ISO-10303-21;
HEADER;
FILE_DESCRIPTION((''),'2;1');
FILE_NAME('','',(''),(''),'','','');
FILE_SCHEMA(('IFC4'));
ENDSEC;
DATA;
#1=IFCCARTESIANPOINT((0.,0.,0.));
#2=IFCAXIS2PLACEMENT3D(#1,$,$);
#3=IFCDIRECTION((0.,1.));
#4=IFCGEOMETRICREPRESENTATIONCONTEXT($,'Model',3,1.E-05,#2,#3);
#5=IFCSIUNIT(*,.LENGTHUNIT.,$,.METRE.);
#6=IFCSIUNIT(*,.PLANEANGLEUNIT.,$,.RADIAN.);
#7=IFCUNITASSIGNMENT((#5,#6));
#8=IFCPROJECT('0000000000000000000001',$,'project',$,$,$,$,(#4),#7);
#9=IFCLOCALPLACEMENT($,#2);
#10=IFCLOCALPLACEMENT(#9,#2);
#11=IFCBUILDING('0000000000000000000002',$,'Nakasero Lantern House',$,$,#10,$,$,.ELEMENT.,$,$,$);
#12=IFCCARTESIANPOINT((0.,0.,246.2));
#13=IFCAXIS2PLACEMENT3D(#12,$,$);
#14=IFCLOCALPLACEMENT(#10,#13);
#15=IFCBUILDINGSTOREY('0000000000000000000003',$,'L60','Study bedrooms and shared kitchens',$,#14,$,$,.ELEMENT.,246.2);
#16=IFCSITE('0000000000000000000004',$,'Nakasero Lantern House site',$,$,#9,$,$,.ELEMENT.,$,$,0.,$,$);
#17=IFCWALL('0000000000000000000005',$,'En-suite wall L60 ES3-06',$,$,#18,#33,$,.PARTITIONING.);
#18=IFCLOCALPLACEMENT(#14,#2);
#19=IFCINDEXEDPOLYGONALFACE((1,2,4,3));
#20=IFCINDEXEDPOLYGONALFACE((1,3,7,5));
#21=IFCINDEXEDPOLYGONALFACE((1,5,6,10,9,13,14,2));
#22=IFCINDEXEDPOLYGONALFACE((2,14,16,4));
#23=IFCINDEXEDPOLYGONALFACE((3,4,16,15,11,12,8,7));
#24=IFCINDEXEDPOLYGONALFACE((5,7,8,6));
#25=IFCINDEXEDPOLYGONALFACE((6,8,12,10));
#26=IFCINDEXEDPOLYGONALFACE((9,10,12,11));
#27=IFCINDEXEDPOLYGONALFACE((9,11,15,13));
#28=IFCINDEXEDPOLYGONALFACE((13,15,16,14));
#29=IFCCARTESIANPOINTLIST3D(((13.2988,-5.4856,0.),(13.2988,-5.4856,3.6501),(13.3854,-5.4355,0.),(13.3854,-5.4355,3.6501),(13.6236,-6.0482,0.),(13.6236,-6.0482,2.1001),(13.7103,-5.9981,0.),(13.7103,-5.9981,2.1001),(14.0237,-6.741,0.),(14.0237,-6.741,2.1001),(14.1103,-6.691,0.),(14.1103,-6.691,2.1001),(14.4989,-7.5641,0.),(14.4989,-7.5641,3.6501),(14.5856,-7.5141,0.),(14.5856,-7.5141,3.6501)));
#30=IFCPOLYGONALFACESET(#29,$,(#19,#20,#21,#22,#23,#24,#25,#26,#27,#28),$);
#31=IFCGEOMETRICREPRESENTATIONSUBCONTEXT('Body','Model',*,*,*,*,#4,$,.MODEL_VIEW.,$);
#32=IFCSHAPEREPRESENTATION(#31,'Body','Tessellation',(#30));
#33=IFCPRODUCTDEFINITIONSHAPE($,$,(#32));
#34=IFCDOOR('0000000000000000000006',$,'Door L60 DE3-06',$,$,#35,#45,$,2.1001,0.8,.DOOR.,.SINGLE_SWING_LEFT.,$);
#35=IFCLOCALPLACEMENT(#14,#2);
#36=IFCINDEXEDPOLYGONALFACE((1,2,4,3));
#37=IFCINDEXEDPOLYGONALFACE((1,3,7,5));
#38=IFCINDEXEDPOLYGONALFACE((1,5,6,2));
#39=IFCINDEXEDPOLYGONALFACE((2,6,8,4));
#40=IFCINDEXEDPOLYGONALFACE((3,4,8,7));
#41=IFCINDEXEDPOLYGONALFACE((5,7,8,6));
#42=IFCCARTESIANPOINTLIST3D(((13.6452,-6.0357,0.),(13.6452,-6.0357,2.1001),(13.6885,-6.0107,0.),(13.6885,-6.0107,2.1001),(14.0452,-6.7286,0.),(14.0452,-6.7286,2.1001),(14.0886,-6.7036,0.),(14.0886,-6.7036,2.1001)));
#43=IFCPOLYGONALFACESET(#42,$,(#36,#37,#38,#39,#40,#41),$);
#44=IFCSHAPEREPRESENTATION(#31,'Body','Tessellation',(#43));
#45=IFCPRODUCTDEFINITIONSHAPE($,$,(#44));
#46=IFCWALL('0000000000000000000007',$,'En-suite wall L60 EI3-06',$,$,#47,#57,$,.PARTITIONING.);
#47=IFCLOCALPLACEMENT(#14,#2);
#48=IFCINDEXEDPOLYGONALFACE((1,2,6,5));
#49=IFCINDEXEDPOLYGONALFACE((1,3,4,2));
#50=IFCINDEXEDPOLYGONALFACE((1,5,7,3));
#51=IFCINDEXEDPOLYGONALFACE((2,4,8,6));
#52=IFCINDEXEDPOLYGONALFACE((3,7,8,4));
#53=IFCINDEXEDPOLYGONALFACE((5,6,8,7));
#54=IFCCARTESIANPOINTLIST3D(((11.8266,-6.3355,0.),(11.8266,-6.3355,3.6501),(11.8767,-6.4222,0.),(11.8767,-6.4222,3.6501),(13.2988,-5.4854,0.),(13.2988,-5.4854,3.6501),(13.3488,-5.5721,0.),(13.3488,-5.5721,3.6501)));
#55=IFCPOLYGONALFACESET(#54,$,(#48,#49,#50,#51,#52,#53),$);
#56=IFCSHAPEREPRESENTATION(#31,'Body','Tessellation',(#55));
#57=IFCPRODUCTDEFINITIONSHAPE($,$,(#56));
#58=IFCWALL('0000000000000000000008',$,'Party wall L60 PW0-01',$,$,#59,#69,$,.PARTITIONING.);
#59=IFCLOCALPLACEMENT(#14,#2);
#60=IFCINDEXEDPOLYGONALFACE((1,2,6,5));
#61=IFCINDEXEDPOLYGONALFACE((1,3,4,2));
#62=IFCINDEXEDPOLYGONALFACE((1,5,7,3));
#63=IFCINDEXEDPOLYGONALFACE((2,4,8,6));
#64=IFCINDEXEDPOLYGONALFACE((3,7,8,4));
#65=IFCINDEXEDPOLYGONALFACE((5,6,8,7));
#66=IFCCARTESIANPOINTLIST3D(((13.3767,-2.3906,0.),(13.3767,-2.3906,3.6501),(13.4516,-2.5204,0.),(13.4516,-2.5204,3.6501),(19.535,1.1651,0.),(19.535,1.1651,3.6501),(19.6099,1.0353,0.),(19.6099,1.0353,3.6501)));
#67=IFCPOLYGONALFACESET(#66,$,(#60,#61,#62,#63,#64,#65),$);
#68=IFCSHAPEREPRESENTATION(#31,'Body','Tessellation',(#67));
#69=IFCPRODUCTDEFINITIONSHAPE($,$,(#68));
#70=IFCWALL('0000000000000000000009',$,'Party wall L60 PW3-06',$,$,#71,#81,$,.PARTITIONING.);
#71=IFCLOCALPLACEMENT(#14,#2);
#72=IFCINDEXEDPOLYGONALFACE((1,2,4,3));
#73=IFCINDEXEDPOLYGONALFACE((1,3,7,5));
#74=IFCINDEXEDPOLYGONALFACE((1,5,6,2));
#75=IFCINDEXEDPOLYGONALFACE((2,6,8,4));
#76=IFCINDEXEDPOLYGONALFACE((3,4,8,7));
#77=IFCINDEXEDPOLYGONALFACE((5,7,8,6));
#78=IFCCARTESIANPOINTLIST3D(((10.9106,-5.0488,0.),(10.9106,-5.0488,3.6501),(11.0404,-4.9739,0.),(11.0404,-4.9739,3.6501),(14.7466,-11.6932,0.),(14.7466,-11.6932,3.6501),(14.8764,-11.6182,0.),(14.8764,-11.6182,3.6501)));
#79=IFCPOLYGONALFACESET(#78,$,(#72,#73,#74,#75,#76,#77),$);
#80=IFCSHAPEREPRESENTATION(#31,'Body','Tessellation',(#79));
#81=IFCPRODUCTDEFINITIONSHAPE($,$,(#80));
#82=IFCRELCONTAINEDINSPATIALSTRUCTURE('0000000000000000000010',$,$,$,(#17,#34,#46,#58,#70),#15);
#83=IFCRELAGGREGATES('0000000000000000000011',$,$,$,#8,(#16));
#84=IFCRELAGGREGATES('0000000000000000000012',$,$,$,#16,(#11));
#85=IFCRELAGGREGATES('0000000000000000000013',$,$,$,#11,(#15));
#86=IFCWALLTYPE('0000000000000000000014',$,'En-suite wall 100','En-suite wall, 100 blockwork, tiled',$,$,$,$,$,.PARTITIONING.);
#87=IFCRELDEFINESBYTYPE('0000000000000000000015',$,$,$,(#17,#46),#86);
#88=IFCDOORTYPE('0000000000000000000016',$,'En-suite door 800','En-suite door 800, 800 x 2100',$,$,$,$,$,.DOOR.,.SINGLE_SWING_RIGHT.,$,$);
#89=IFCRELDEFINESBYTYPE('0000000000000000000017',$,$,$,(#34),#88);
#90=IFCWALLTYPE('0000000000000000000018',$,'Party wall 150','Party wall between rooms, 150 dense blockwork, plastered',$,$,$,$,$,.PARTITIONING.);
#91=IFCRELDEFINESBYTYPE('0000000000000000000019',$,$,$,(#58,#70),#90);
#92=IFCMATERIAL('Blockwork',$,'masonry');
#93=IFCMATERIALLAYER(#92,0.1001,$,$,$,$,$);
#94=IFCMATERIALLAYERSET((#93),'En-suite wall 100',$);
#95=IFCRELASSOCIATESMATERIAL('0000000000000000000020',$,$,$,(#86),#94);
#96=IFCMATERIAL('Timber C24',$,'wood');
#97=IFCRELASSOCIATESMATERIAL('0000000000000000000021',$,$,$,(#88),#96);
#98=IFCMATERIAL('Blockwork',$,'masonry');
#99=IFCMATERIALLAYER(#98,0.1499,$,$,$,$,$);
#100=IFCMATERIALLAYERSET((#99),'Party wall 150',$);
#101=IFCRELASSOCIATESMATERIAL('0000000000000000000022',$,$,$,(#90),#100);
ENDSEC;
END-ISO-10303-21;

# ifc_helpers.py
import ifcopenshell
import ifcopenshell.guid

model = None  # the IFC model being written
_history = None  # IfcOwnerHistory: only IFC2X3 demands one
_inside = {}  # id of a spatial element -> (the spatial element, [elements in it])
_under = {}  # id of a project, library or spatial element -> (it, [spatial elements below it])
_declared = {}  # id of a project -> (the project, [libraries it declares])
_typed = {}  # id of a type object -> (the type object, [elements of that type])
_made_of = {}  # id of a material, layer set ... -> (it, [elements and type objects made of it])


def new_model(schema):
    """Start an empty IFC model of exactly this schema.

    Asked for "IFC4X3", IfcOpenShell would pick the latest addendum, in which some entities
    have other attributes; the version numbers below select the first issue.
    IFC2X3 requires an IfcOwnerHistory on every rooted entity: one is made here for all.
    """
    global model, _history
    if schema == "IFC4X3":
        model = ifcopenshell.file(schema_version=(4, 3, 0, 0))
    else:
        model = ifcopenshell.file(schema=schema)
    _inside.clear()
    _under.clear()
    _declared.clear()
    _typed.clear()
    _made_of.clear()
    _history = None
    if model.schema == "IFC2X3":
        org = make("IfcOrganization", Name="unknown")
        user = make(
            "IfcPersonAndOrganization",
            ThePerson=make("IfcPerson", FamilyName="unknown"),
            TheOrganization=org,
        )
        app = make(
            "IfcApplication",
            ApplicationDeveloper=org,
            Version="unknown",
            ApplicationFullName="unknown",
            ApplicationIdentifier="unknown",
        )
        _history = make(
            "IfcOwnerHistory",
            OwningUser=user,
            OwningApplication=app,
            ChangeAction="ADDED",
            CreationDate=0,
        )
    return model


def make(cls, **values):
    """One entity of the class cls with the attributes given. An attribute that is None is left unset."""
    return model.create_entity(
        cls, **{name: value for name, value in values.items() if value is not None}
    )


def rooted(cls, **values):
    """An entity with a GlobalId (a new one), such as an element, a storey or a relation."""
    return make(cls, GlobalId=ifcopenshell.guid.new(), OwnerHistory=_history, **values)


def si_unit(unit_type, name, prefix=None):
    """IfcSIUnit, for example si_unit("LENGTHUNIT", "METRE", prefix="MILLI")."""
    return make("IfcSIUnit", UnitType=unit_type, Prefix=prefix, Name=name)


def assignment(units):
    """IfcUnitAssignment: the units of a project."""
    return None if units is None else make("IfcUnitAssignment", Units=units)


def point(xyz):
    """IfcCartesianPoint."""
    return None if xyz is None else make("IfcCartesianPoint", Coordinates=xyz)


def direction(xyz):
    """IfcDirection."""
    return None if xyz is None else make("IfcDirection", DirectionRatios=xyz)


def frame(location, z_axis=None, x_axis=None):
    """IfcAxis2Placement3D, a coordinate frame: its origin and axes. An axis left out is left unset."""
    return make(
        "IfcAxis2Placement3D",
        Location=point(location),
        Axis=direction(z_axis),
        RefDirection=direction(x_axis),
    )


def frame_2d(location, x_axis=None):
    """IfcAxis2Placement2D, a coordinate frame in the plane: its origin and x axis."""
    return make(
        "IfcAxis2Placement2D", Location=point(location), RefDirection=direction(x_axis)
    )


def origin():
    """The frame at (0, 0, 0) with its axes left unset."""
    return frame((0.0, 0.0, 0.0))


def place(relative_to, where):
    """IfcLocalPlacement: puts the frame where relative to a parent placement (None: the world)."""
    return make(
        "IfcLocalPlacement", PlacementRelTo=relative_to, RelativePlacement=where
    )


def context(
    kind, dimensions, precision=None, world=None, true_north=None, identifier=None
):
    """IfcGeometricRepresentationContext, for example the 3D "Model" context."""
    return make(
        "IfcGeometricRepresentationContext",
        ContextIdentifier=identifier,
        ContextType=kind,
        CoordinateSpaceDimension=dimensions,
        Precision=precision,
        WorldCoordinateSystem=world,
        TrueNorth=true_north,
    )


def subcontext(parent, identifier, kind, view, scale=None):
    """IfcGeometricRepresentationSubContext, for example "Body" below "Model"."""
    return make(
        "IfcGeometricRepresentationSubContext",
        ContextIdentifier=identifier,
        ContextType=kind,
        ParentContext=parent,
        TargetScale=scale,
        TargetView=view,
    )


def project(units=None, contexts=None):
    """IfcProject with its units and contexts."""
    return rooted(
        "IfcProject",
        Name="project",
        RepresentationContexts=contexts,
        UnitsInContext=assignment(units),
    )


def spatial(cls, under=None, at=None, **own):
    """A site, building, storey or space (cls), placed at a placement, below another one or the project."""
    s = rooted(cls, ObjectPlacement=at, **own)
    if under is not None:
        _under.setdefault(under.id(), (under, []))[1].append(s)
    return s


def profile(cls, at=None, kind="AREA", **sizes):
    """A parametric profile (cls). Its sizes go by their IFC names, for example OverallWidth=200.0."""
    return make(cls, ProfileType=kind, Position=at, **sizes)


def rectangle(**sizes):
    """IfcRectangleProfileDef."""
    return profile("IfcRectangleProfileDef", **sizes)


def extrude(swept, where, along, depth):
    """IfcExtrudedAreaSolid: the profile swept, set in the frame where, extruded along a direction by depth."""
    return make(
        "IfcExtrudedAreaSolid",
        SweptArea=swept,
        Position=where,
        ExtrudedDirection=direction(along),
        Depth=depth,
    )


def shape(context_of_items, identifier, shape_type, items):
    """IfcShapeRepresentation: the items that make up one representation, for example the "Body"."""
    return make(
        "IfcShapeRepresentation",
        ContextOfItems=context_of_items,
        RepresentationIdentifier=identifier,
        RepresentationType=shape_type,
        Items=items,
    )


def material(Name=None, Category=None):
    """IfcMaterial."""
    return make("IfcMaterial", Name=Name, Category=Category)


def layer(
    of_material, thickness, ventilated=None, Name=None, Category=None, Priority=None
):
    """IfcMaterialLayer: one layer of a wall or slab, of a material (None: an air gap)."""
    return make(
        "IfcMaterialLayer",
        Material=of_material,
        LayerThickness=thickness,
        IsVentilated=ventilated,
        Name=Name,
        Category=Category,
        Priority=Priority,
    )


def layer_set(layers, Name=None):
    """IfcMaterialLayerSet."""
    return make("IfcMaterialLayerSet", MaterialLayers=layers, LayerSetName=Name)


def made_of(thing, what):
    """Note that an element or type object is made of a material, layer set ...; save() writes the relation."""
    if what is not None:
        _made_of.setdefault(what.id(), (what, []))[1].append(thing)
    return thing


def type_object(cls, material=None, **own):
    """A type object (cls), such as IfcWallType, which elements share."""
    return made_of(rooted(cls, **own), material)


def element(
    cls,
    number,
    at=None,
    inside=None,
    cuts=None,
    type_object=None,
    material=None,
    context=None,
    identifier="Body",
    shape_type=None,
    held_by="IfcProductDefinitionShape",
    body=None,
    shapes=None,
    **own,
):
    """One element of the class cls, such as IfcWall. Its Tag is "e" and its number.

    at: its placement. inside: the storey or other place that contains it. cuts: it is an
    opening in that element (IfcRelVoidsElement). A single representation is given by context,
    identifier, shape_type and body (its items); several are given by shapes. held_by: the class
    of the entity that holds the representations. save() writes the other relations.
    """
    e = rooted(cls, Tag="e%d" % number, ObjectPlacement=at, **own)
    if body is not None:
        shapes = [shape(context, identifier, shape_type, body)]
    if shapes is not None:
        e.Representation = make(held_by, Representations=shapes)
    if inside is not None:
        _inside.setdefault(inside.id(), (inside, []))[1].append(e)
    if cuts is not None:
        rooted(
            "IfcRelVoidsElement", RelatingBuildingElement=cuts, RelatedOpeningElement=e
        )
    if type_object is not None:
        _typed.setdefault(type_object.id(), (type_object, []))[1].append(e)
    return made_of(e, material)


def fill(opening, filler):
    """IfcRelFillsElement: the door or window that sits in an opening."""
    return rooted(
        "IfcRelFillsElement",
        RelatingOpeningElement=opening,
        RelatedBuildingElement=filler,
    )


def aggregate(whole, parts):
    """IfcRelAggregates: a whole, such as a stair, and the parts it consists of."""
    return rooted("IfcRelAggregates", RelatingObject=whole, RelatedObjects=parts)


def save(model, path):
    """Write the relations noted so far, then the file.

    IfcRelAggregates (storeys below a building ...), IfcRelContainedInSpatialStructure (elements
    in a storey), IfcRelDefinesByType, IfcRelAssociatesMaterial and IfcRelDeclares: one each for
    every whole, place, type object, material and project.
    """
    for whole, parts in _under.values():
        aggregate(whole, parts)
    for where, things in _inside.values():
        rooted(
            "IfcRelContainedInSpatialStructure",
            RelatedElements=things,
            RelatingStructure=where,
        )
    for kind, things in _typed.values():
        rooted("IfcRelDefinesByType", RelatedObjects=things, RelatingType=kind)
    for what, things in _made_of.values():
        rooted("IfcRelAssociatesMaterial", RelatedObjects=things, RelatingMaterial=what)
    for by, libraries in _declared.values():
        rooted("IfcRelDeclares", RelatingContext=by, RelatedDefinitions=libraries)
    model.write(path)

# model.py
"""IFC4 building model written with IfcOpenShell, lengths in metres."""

from ifc_helpers import new_model, si_unit, direction, frame, frame_2d, origin, place, context, subcontext, project, spatial, rectangle, extrude, material, layer, layer_set, type_object, element, fill, save


model = new_model("IFC4")

# Units and contexts
model_context = context("Model", 3, precision=1e-05, world=origin(), true_north=direction((0.0, 1.0)))
body_context = subcontext(model_context, "Body", "Model", "MODEL_VIEW")
ifc_project = project(units=[si_unit("LENGTHUNIT", "METRE"), si_unit("PLANEANGLEUNIT", "RADIAN")], contexts=[model_context])

# Site, building, storey
site_placement = place(None, origin())
site = spatial("IfcSite", under=ifc_project, at=site_placement, Name="Nakasero Lantern House site", CompositionType="ELEMENT", RefElevation=0.0)
building_placement = place(site_placement, origin())
building = spatial("IfcBuilding", under=site, at=building_placement, Name="Nakasero Lantern House", CompositionType="ELEMENT")
storey_placement = place(building_placement, frame((0.0, 0.0, 246.2)))
storey = spatial("IfcBuildingStorey", under=building, at=storey_placement, Name="L60", Description="Study bedrooms and shared kitchens", CompositionType="ELEMENT", Elevation=246.2)

# Wall, opening, door
ifc_material_1 = material(Name="Blockwork", Category="masonry")
ifc_layer_1 = layer(ifc_material_1, 0.1001)
ifc_layer_set_1 = layer_set([ifc_layer_1], Name="En-suite wall 100")
wall_type_1 = type_object("IfcWallType", Name="En-suite wall 100", Description="En-suite wall, 100 blockwork, tiled", PredefinedType="PARTITIONING", material=ifc_layer_set_1)
wall_1_placement = place(storey_placement, frame((13.342, -5.4604, 0.0), z_axis=(0.0, 0.0, 1.0), x_axis=(0.500034, -0.866006, 0.0)))
wall_1 = element("IfcWall", 1, at=wall_1_placement, inside=storey, type_object=wall_type_1, Name="En-suite wall L60 ES3-06", PredefinedType="PARTITIONING", context=body_context, shape_type="SweptSolid", body=[
    extrude(rectangle(XDim=2.4001, YDim=0.1001, at=frame_2d((1.2002, 0.0))), origin(), (0.0, 0.0, 1.0), 3.6501),
])
opening_1_placement = place(wall_1_placement, frame((0.6499, 0.0, 0.0)))
opening_1 = element("IfcOpeningElement", 2, at=opening_1_placement, cuts=wall_1, PredefinedType="OPENING", context=body_context, shape_type="SweptSolid", body=[
    extrude(rectangle(XDim=0.8, YDim=2.1001, at=frame_2d((0.3999, 1.05))), frame((0.0, 0.0701, 0.0), z_axis=(0.0, -1.0, 0.0), x_axis=(1.0, 0.0, 0.0)), (0.0, 0.0, 1.0), 0.1401),
])
ifc_material_2 = material(Name="Timber C24", Category="wood")
door_type_1 = type_object("IfcDoorType", Name="En-suite door 800", Description="En-suite door 800, 800 x 2100", OperationType="SINGLE_SWING_RIGHT", PredefinedType="DOOR", material=ifc_material_2)
door_1_placement = place(opening_1_placement, origin())
door_1 = element("IfcDoor", 3, at=door_1_placement, inside=storey, type_object=door_type_1, Name="Door L60 DE3-06", OperationType="SINGLE_SWING_LEFT", OverallHeight=2.1001, OverallWidth=0.8, PredefinedType="DOOR", context=body_context, shape_type="SweptSolid", body=[
    extrude(rectangle(XDim=0.8, YDim=2.1001, at=frame_2d((0.3999, 1.05))), frame((0.0, 0.0249, 0.0), z_axis=(0.0, -1.0, 0.0), x_axis=(1.0, 0.0, 0.0)), (0.0, 0.0, 1.0), 0.05),
])
fill(opening_1, door_1)

# Walls
wall_2_placement = place(storey_placement, frame((11.8516, -6.3789, 0.0), z_axis=(0.0, 0.0, 1.0), x_axis=(0.865989, 0.500062, 0.0)))
element("IfcWall", 4, at=wall_2_placement, inside=storey, type_object=wall_type_1, Name="En-suite wall L60 EI3-06", PredefinedType="PARTITIONING", context=body_context, shape_type="SweptSolid", body=[
    extrude(rectangle(XDim=1.7, YDim=0.1001, at=frame_2d((0.8501, 0.0))), origin(), (0.0, 0.0, 1.0), 3.6501),
])
ifc_material_3 = material(Name="Blockwork", Category="masonry")
ifc_layer_2 = layer(ifc_material_3, 0.1499)
ifc_layer_set_2 = layer_set([ifc_layer_2], Name="Party wall 150")
wall_type_2 = type_object("IfcWallType", Name="Party wall 150", Description="Party wall between rooms, 150 dense blockwork, plastered", PredefinedType="PARTITIONING", material=ifc_layer_set_2)
wall_3_placement = place(storey_placement, frame((13.4141, -2.4556, 0.0), z_axis=(0.0, 0.0, 1.0), x_axis=(0.866012, 0.500024, 0.0)))
element("IfcWall", 5, at=wall_3_placement, inside=storey, type_object=wall_type_2, Name="Party wall L60 PW0-01", PredefinedType="PARTITIONING", context=body_context, shape_type="SweptSolid", body=[
    extrude(rectangle(XDim=7.1111, YDim=0.1499, at=frame_2d((3.5557, 0.0))), origin(), (0.0, 0.0, 1.0), 3.6501),
])
wall_4_placement = place(storey_placement, frame((10.9756, -5.0115, 0.0), z_axis=(0.0, 0.0, 1.0), x_axis=(0.499986, -0.866034, 0.0)))
element("IfcWall", 6, at=wall_4_placement, inside=storey, type_object=wall_type_2, Name="Party wall L60 PW3-06", PredefinedType="PARTITIONING", context=body_context, shape_type="SweptSolid", body=[
    extrude(rectangle(XDim=7.6721, YDim=0.1499, at=frame_2d((3.8359, 0.0))), origin(), (0.0, 0.0, 1.0), 3.6501),
])

save(model, "model.ifc")
